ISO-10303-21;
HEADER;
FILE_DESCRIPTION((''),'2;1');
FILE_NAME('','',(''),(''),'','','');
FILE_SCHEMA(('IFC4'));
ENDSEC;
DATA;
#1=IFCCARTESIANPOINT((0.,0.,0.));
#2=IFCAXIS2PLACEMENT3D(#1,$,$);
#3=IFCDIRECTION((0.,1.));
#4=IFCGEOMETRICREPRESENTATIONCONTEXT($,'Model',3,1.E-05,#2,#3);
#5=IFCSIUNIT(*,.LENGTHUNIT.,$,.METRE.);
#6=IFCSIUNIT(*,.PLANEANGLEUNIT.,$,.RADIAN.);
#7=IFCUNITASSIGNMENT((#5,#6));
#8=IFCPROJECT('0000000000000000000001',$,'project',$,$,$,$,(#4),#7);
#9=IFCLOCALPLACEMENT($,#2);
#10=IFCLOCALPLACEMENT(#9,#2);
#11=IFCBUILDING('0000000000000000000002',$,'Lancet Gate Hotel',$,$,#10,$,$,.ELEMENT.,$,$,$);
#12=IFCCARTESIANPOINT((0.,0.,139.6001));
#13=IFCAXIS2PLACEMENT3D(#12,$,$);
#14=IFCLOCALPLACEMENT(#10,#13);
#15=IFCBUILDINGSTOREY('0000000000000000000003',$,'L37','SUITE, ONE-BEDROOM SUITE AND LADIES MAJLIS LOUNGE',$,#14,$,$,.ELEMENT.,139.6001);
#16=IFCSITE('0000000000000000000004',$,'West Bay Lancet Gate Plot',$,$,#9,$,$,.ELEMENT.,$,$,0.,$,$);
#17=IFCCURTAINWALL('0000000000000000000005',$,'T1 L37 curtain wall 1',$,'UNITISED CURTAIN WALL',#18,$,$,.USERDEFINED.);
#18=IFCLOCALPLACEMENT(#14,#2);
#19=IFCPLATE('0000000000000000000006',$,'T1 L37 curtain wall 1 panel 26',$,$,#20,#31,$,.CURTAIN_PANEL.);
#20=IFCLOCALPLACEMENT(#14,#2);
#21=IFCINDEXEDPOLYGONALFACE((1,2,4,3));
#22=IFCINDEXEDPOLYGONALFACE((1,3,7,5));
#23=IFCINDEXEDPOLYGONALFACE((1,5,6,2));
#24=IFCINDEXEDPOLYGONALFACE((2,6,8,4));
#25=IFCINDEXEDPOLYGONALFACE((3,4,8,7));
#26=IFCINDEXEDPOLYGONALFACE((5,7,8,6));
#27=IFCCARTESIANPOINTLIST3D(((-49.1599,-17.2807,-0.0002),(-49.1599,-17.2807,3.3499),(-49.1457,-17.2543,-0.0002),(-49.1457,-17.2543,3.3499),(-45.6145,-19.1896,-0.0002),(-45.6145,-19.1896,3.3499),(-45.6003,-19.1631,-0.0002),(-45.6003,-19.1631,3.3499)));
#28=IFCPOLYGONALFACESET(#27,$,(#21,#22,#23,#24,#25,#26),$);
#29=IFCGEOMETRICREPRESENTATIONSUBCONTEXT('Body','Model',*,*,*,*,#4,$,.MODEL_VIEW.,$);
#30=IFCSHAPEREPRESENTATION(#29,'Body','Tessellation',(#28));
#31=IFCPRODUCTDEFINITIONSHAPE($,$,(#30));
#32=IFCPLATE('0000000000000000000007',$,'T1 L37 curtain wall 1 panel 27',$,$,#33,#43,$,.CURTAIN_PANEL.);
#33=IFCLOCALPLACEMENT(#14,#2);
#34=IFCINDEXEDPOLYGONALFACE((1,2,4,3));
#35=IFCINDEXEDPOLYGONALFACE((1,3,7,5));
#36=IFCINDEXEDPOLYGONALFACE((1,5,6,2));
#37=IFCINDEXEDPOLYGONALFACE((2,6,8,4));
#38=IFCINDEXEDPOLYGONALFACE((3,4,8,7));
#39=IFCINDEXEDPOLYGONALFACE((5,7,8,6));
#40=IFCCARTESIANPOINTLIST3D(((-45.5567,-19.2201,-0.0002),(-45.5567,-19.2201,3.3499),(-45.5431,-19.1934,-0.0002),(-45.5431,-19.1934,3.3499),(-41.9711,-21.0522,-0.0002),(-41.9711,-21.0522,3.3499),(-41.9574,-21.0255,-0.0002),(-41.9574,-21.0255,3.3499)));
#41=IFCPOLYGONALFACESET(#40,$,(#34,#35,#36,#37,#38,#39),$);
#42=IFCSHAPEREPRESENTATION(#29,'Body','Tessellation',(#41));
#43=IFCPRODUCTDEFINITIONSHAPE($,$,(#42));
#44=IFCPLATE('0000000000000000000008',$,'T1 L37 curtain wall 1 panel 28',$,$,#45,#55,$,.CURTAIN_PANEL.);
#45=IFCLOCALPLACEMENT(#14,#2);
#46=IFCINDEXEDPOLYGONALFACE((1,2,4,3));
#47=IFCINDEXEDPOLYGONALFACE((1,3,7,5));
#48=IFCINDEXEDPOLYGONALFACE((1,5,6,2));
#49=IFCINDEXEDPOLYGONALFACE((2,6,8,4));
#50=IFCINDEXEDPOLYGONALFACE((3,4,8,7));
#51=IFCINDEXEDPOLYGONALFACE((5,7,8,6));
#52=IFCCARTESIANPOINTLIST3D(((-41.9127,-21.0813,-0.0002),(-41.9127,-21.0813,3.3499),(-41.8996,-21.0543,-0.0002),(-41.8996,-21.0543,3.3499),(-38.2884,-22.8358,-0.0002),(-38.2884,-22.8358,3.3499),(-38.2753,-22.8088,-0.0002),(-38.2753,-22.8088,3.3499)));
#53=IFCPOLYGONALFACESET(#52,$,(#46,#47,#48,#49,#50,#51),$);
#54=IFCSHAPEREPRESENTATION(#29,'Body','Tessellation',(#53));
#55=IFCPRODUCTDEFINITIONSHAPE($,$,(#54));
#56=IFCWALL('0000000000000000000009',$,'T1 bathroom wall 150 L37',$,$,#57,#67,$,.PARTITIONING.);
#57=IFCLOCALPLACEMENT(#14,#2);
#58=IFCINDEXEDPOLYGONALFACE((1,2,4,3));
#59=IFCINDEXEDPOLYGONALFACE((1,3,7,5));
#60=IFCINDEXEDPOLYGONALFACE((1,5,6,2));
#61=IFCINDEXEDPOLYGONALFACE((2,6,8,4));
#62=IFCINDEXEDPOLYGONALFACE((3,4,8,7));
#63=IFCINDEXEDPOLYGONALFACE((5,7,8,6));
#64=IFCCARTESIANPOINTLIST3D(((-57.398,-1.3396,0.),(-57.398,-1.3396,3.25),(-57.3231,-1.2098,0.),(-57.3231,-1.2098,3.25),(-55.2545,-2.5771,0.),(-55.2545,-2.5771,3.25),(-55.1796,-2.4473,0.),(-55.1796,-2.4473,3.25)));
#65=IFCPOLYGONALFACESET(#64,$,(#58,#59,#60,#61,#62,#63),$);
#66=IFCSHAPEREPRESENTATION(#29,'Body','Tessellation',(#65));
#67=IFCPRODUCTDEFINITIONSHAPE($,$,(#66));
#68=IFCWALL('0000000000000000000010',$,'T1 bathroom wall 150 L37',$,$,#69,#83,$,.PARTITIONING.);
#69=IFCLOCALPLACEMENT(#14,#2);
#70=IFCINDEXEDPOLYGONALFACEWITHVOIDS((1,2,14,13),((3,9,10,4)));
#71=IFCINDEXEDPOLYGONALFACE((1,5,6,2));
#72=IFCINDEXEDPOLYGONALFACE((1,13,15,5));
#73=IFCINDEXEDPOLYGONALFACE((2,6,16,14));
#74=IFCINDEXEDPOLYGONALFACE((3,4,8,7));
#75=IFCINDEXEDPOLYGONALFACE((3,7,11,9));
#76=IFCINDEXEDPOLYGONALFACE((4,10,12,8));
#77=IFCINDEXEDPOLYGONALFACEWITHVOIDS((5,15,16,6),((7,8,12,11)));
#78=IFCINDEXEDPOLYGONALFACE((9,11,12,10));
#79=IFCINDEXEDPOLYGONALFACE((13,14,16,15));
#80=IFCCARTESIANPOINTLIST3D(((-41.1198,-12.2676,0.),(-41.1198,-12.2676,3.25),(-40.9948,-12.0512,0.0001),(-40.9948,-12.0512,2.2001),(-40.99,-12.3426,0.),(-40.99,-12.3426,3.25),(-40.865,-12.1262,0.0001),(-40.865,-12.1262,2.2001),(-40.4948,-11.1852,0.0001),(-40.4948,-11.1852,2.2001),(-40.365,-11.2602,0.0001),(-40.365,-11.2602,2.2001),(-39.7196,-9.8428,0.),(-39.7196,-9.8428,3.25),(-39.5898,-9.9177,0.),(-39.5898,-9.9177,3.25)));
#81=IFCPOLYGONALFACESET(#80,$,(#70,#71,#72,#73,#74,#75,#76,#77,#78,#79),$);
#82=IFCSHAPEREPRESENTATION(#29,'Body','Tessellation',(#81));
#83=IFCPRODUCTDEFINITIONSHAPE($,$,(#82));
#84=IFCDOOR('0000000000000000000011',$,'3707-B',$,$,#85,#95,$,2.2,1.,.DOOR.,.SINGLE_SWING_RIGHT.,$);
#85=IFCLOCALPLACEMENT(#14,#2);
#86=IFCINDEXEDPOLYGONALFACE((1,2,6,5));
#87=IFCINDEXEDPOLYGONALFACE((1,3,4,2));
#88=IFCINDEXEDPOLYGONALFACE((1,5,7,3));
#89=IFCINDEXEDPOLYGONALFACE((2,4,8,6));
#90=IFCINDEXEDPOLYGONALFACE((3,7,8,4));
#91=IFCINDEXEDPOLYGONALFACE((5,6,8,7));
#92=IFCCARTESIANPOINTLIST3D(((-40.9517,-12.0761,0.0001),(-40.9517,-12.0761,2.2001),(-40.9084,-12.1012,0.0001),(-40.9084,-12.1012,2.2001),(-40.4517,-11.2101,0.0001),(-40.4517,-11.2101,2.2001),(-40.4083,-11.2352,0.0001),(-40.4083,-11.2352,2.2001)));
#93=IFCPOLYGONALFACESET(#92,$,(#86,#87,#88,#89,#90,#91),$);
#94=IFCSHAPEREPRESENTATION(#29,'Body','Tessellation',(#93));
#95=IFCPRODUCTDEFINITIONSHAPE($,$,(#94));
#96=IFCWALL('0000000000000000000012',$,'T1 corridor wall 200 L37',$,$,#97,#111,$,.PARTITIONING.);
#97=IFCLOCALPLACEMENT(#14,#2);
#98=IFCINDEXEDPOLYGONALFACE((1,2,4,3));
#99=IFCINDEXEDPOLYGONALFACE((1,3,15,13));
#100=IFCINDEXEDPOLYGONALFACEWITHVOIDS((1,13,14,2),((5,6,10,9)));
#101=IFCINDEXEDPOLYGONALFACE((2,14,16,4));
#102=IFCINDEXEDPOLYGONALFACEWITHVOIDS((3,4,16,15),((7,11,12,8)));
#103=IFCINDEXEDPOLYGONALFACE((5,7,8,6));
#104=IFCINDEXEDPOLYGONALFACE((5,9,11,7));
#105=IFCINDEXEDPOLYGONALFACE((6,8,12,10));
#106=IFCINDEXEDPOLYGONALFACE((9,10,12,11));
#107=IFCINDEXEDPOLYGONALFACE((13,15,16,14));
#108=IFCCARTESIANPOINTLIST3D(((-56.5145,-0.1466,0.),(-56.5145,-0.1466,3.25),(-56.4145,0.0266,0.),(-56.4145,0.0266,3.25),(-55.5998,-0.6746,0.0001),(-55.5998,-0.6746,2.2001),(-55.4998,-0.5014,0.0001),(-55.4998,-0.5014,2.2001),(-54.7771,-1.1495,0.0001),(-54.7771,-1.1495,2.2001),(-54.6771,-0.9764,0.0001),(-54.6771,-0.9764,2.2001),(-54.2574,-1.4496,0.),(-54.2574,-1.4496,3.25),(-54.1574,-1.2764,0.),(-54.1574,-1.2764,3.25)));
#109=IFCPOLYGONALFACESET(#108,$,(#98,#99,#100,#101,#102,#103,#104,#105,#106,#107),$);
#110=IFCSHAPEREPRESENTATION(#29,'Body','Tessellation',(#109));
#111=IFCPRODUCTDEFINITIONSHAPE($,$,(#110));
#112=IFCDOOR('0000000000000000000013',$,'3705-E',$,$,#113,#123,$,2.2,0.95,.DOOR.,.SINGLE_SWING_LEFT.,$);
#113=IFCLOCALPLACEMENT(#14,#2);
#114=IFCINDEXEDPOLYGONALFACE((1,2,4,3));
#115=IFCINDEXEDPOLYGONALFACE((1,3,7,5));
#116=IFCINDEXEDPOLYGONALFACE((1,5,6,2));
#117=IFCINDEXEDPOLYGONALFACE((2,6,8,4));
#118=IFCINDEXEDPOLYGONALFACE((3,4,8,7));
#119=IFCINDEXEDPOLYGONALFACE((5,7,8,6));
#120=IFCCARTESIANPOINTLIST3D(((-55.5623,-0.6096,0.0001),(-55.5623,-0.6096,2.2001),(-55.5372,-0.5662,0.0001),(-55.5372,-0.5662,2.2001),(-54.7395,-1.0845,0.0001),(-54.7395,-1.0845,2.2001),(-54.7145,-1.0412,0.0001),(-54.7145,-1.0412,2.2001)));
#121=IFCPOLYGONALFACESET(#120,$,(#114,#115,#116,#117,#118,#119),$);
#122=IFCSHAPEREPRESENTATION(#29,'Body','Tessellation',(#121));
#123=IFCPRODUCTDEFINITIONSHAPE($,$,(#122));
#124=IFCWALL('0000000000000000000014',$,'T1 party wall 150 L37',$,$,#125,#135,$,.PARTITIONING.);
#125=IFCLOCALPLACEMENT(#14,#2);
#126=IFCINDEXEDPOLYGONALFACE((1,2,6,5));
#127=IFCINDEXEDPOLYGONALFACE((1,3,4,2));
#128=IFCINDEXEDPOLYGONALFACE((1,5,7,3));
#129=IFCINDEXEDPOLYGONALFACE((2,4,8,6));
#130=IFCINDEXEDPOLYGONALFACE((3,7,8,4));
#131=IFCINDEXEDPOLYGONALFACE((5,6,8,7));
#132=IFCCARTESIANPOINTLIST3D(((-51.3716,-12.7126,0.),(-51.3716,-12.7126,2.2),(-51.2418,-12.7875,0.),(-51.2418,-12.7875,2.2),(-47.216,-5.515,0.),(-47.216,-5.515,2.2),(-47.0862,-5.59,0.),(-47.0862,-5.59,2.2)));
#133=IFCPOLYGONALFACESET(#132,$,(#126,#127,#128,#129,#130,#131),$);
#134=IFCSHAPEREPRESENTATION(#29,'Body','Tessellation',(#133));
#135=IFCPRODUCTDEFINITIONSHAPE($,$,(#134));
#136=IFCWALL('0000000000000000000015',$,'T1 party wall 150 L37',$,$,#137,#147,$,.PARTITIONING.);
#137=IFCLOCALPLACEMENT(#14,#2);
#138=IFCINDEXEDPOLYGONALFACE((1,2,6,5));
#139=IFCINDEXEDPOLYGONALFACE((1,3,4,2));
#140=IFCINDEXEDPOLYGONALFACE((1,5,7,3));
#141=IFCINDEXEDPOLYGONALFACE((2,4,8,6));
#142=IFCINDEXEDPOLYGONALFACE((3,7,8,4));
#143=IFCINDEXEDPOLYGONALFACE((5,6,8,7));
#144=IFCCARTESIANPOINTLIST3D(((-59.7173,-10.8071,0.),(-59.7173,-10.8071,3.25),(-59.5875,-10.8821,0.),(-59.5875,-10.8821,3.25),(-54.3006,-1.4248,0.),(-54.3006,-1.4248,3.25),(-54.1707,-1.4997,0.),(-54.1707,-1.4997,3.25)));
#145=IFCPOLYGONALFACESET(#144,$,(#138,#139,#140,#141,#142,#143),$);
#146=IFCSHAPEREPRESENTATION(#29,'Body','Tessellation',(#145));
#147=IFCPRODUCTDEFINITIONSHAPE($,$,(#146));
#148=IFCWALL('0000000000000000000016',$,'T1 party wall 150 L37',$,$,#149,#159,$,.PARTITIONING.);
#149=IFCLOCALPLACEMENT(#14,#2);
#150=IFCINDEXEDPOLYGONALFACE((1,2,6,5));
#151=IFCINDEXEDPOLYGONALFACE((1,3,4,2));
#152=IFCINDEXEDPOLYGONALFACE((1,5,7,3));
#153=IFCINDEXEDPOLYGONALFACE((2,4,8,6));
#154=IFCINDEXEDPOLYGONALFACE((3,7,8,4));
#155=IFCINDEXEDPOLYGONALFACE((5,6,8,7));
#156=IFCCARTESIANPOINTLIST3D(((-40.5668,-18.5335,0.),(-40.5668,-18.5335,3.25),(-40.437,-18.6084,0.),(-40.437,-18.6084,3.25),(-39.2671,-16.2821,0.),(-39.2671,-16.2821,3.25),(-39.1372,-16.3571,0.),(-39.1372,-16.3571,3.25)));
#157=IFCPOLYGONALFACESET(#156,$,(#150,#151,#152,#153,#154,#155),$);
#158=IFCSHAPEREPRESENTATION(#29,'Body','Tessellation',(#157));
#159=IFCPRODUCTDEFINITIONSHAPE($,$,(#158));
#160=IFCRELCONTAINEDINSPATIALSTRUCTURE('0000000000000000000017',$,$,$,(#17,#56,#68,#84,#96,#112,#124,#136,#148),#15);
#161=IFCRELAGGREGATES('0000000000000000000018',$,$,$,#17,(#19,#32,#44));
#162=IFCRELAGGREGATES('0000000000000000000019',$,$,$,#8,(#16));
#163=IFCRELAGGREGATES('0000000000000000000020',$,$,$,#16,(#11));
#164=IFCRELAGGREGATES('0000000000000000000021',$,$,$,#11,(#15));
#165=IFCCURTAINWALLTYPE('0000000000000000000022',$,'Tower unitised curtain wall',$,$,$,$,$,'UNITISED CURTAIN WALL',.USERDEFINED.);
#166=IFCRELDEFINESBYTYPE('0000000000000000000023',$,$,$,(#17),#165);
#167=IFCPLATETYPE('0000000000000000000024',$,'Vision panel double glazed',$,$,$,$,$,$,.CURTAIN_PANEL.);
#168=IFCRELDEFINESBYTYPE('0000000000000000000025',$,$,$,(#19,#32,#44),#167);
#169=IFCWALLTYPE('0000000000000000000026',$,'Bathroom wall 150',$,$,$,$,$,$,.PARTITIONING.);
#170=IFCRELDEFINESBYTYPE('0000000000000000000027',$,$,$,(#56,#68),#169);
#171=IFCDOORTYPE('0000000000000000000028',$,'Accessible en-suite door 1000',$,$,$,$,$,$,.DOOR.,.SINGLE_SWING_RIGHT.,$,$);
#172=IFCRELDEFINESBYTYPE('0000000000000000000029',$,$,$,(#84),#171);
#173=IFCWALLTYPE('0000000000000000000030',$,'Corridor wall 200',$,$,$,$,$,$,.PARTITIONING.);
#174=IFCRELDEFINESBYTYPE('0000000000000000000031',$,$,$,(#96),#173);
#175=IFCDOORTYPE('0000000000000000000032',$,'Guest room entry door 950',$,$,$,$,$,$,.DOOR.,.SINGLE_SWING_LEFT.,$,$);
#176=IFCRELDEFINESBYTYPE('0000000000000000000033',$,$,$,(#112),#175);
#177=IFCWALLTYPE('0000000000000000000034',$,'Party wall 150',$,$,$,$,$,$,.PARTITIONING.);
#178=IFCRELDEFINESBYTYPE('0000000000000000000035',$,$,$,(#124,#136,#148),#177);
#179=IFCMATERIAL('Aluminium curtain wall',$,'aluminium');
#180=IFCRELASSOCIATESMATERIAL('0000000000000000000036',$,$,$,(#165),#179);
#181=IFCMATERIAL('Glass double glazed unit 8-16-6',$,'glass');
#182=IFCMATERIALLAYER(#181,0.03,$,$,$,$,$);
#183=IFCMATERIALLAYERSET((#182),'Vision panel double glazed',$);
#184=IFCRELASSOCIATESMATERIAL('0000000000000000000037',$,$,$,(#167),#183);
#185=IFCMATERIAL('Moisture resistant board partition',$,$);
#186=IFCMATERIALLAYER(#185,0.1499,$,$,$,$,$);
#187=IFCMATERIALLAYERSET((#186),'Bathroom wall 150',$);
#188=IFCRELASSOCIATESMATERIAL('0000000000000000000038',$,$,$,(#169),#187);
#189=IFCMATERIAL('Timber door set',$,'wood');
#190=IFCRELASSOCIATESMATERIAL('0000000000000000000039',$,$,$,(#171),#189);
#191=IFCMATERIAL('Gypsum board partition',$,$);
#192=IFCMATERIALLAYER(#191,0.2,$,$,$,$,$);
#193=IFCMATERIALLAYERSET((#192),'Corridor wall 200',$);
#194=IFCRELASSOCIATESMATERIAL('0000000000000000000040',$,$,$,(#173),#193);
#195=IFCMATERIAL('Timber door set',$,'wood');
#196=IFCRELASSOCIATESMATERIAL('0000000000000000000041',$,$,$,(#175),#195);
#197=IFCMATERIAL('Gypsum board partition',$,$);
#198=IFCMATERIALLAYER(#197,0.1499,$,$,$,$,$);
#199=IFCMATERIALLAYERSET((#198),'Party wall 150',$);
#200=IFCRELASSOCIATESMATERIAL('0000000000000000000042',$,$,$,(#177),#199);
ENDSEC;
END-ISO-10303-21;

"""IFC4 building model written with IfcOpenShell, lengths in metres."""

from ifc_helpers import new_model, si_unit, direction, frame, frame_2d, origin, origin_2d, place, context, subcontext, project, spatial, rectangle, extrude, material, layer, layer_set, type_object, element, fill, aggregate, save


model = new_model("IFC4")

# Units and contexts
model_context = context("Model", 3, precision=1e-05, world=origin(), true_north=direction((0.0, 1.0)))
body_context = subcontext(model_context, "Body", "Model", "MODEL_VIEW")
ifc_project = project(units=[si_unit("LENGTHUNIT", "METRE"), si_unit("PLANEANGLEUNIT", "RADIAN")], contexts=[model_context])

# Site, building, storey
site_placement = place(None, origin())
site = spatial("IfcSite", under=ifc_project, at=site_placement, Name="West Bay Lancet Gate Plot", CompositionType="ELEMENT", RefElevation=0.0)
building_placement = place(site_placement, origin())
building = spatial("IfcBuilding", under=site, at=building_placement, Name="Lancet Gate Hotel", CompositionType="ELEMENT")
storey_placement = place(building_placement, frame((0.0, 0.0, 139.6001)))
storey = spatial("IfcBuildingStorey", under=building, at=storey_placement, Name="L37", Description="SUITE, ONE-BEDROOM SUITE AND LADIES MAJLIS LOUNGE", CompositionType="ELEMENT", Elevation=139.6001)

# Curtain wall
ifc_material_1 = material(Name="Aluminium curtain wall", Category="aluminium")
curtain_wall_type = type_object("IfcCurtainWallType", Name="Tower unitised curtain wall", ElementType="UNITISED CURTAIN WALL", PredefinedType="USERDEFINED", material=ifc_material_1)
curtain_wall_placement = place(storey_placement, origin())
curtain_wall = element("IfcCurtainWall", 1, at=curtain_wall_placement, inside=storey, type_object=curtain_wall_type, Name="T1 L37 curtain wall 1", ObjectType="UNITISED CURTAIN WALL", PredefinedType="USERDEFINED")

# Plates
ifc_material_2 = material(Name="Glass double glazed unit 8-16-6", Category="glass")
ifc_layer_1 = layer(ifc_material_2, 0.03)
ifc_layer_set_1 = layer_set([ifc_layer_1], Name="Vision panel double glazed")
plate_type = type_object("IfcPlateType", Name="Vision panel double glazed", PredefinedType="CURTAIN_PANEL", material=ifc_layer_set_1)
plate_1_placement = place(storey_placement, frame((-47.3801, -18.2219, -0.0002), z_axis=(0.0, 0.0, 1.0), x_axis=(0.880493, -0.47406, 0.0)))
plate_1 = element("IfcPlate", 2, at=plate_1_placement, type_object=plate_type, Name="T1 L37 curtain wall 1 panel 26", PredefinedType="CURTAIN_PANEL", context=body_context, shape_type="SweptSolid", body=[
    extrude(rectangle(XDim=4.0266, YDim=0.03, at=origin_2d()), origin(), (0.0, 0.0, 1.0), 3.3501),
])
plate_2_placement = place(storey_placement, frame((-43.7571, -20.1228, -0.0002), z_axis=(0.0, 0.0, 1.0), x_axis=(0.890493, -0.454996, 0.0)))
plate_2 = element("IfcPlate", 3, at=plate_2_placement, type_object=plate_type, Name="T1 L37 curtain wall 1 panel 27", PredefinedType="CURTAIN_PANEL", context=body_context, shape_type="SweptSolid", body=[
    extrude(rectangle(XDim=4.0266, YDim=0.03, at=origin_2d()), origin(), (0.0, 0.0, 1.0), 3.3501),
])
plate_3_placement = place(storey_placement, frame((-40.094, -21.9451, -0.0002), z_axis=(0.0, 0.0, 1.0), x_axis=(0.900082, -0.435721, 0.0)))
plate_3 = element("IfcPlate", 4, at=plate_3_placement, type_object=plate_type, Name="T1 L37 curtain wall 1 panel 28", PredefinedType="CURTAIN_PANEL", context=body_context, shape_type="SweptSolid", body=[
    extrude(rectangle(XDim=4.0266, YDim=0.03, at=origin_2d()), origin(), (0.0, 0.0, 1.0), 3.3501),
])
aggregate(curtain_wall, [plate_1, plate_2, plate_3])

# Wall
ifc_material_3 = material(Name="Moisture resistant board partition")
ifc_layer_2 = layer(ifc_material_3, 0.1499)
ifc_layer_set_2 = layer_set([ifc_layer_2], Name="Bathroom wall 150")
wall_type_1 = type_object("IfcWallType", Name="Bathroom wall 150", PredefinedType="PARTITIONING", material=ifc_layer_set_2)
wall_1_placement = place(storey_placement, frame((-55.217, -2.5122, 0.0), z_axis=(0.0, 0.0, 1.0), x_axis=(-0.866031, 0.49999, 0.0)))
element("IfcWall", 5, at=wall_1_placement, inside=storey, type_object=wall_type_1, Name="T1 bathroom wall 150 L37", PredefinedType="PARTITIONING", context=body_context, shape_type="SweptSolid", body=[
    extrude(rectangle(XDim=2.4751, YDim=0.1499, at=frame_2d((1.2375, 0.0))), origin(), (0.0, 0.0, 1.0), 3.25),
])

# Walls, openings, doors
wall_2_placement = place(storey_placement, frame((-39.6548, -9.8804, 0.0), z_axis=(0.0, 0.0, 1.0), x_axis=(-0.50005, -0.865997, 0.0)))
wall_2 = element("IfcWall", 6, at=wall_2_placement, inside=storey, type_object=wall_type_1, Name="T1 bathroom wall 150 L37", PredefinedType="PARTITIONING", context=body_context, shape_type="SweptSolid", body=[
    extrude(rectangle(XDim=2.8, YDim=0.1499, at=frame_2d((1.3999, 0.0))), origin(), (0.0, 0.0, 1.0), 3.25),
])
opening_1_placement = place(wall_2_placement, frame((1.55, 0.0, 0.0)))
opening_1 = element("IfcOpeningElement", 7, at=opening_1_placement, cuts=wall_2, PredefinedType="OPENING", context=body_context, shape_type="SweptSolid", body=[
    extrude(rectangle(XDim=1.0, YDim=2.2, at=frame_2d((0.5, 1.1001))), frame((0.0, 0.085, 0.0), z_axis=(0.0, -1.0, 0.0), x_axis=(1.0, 0.0, 0.0)), (0.0, 0.0, 1.0), 0.1699),
])
ifc_material_4 = material(Name="Timber door set", Category="wood")
door_type_1 = type_object("IfcDoorType", Name="Accessible en-suite door 1000", OperationType="SINGLE_SWING_RIGHT", PredefinedType="DOOR", material=ifc_material_4)
door_1_placement = place(opening_1_placement, origin())
door_1 = element("IfcDoor", 8, at=door_1_placement, inside=storey, type_object=door_type_1, Name="3707-B", OperationType="SINGLE_SWING_RIGHT", OverallHeight=2.2, OverallWidth=1.0, PredefinedType="DOOR", context=body_context, shape_type="SweptSolid", body=[
    extrude(rectangle(XDim=1.0, YDim=2.2, at=frame_2d((0.5, 1.1001))), frame((0.0, 0.0249, 0.0), z_axis=(0.0, -1.0, 0.0), x_axis=(1.0, 0.0, 0.0)), (0.0, 0.0, 1.0), 0.05),
])
fill(opening_1, door_1)
ifc_material_5 = material(Name="Gypsum board partition")
ifc_layer_3 = layer(ifc_material_5, 0.2)
ifc_layer_set_3 = layer_set([ifc_layer_3], Name="Corridor wall 200")
wall_type_2 = type_object("IfcWallType", Name="Corridor wall 200", PredefinedType="PARTITIONING", material=ifc_layer_set_3)
wall_3_placement = place(storey_placement, frame((-54.2073, -1.363, 0.0), z_axis=(0.0, 0.0, 1.0), x_axis=(-0.86605, 0.499958, 0.0)))
wall_3 = element("IfcWall", 9, at=wall_3_placement, inside=storey, type_object=wall_type_2, Name="T1 corridor wall 200 L37", PredefinedType="PARTITIONING", context=body_context, shape_type="SweptSolid", body=[
    extrude(rectangle(XDim=2.6062, YDim=0.2, at=frame_2d((1.3032, 0.0))), origin(), (0.0, 0.0, 1.0), 3.25),
])
opening_2_placement = place(wall_3_placement, frame((0.6001, 0.0, 0.0)))
opening_2 = element("IfcOpeningElement", 10, at=opening_2_placement, cuts=wall_3, PredefinedType="OPENING", context=body_context, shape_type="SweptSolid", body=[
    extrude(rectangle(XDim=0.95, YDim=2.2, at=frame_2d((0.4751, 1.1001))), frame((0.0, 0.1099, 0.0), z_axis=(0.0, -1.0, 0.0), x_axis=(1.0, 0.0, 0.0)), (0.0, 0.0, 1.0), 0.22),
])
ifc_material_6 = material(Name="Timber door set", Category="wood")
door_type_2 = type_object("IfcDoorType", Name="Guest room entry door 950", OperationType="SINGLE_SWING_LEFT", PredefinedType="DOOR", material=ifc_material_6)
door_2_placement = place(opening_2_placement, origin())
door_2 = element("IfcDoor", 11, at=door_2_placement, inside=storey, type_object=door_type_2, Name="3705-E", OperationType="SINGLE_SWING_LEFT", OverallHeight=2.2, OverallWidth=0.95, PredefinedType="DOOR", context=body_context, shape_type="SweptSolid", body=[
    extrude(rectangle(XDim=0.95, YDim=2.2, at=frame_2d((0.4751, 1.1001))), frame((0.0, 0.0249, 0.0), z_axis=(0.0, -1.0, 0.0), x_axis=(1.0, 0.0, 0.0)), (0.0, 0.0, 1.0), 0.05),
])
fill(opening_2, door_2)

# Walls
ifc_material_7 = material(Name="Gypsum board partition")
ifc_layer_4 = layer(ifc_material_7, 0.1499)
ifc_layer_set_4 = layer_set([ifc_layer_4], Name="Party wall 150")
wall_type_3 = type_object("IfcWallType", Name="Party wall 150", PredefinedType="PARTITIONING", material=ifc_layer_set_4)
wall_4_placement = place(storey_placement, frame((-47.1511, -5.5525, 0.0), z_axis=(0.0, 0.0, 1.0), x_axis=(-0.500003, -0.866024, 0.0)))
element("IfcWall", 12, at=wall_4_placement, inside=storey, type_object=wall_type_3, Name="T1 party wall 150 L37", PredefinedType="PARTITIONING", context=body_context, shape_type="SweptSolid", body=[
    extrude(rectangle(XDim=8.311, YDim=0.1499, at=frame_2d((4.1555, 0.0))), origin(), (0.0, 0.0, 1.0), 2.2),
])
wall_5_placement = place(storey_placement, frame((-54.2356, -1.4622, 0.0), z_axis=(0.0, 0.0, 1.0), x_axis=(-0.49999, -0.866031, 0.0)))
element("IfcWall", 13, at=wall_5_placement, inside=storey, type_object=wall_type_3, Name="T1 party wall 150 L37", PredefinedType="PARTITIONING", context=body_context, shape_type="SweptSolid", body=[
    extrude(rectangle(XDim=10.8337, YDim=0.1499, at=frame_2d((5.417, 0.0))), origin(), (0.0, 0.0, 1.0), 3.25),
])
wall_6_placement = place(storey_placement, frame((-39.2021, -16.3196, 0.0), z_axis=(0.0, 0.0, 1.0), x_axis=(-0.499977, -0.866039, 0.0)))
element("IfcWall", 14, at=wall_6_placement, inside=storey, type_object=wall_type_3, Name="T1 party wall 150 L37", PredefinedType="PARTITIONING", context=body_context, shape_type="SweptSolid", body=[
    extrude(rectangle(XDim=2.5996, YDim=0.1499, at=frame_2d((1.2998, 0.0))), origin(), (0.0, 0.0, 1.0), 3.25),
])

save(model, "model.ifc")
